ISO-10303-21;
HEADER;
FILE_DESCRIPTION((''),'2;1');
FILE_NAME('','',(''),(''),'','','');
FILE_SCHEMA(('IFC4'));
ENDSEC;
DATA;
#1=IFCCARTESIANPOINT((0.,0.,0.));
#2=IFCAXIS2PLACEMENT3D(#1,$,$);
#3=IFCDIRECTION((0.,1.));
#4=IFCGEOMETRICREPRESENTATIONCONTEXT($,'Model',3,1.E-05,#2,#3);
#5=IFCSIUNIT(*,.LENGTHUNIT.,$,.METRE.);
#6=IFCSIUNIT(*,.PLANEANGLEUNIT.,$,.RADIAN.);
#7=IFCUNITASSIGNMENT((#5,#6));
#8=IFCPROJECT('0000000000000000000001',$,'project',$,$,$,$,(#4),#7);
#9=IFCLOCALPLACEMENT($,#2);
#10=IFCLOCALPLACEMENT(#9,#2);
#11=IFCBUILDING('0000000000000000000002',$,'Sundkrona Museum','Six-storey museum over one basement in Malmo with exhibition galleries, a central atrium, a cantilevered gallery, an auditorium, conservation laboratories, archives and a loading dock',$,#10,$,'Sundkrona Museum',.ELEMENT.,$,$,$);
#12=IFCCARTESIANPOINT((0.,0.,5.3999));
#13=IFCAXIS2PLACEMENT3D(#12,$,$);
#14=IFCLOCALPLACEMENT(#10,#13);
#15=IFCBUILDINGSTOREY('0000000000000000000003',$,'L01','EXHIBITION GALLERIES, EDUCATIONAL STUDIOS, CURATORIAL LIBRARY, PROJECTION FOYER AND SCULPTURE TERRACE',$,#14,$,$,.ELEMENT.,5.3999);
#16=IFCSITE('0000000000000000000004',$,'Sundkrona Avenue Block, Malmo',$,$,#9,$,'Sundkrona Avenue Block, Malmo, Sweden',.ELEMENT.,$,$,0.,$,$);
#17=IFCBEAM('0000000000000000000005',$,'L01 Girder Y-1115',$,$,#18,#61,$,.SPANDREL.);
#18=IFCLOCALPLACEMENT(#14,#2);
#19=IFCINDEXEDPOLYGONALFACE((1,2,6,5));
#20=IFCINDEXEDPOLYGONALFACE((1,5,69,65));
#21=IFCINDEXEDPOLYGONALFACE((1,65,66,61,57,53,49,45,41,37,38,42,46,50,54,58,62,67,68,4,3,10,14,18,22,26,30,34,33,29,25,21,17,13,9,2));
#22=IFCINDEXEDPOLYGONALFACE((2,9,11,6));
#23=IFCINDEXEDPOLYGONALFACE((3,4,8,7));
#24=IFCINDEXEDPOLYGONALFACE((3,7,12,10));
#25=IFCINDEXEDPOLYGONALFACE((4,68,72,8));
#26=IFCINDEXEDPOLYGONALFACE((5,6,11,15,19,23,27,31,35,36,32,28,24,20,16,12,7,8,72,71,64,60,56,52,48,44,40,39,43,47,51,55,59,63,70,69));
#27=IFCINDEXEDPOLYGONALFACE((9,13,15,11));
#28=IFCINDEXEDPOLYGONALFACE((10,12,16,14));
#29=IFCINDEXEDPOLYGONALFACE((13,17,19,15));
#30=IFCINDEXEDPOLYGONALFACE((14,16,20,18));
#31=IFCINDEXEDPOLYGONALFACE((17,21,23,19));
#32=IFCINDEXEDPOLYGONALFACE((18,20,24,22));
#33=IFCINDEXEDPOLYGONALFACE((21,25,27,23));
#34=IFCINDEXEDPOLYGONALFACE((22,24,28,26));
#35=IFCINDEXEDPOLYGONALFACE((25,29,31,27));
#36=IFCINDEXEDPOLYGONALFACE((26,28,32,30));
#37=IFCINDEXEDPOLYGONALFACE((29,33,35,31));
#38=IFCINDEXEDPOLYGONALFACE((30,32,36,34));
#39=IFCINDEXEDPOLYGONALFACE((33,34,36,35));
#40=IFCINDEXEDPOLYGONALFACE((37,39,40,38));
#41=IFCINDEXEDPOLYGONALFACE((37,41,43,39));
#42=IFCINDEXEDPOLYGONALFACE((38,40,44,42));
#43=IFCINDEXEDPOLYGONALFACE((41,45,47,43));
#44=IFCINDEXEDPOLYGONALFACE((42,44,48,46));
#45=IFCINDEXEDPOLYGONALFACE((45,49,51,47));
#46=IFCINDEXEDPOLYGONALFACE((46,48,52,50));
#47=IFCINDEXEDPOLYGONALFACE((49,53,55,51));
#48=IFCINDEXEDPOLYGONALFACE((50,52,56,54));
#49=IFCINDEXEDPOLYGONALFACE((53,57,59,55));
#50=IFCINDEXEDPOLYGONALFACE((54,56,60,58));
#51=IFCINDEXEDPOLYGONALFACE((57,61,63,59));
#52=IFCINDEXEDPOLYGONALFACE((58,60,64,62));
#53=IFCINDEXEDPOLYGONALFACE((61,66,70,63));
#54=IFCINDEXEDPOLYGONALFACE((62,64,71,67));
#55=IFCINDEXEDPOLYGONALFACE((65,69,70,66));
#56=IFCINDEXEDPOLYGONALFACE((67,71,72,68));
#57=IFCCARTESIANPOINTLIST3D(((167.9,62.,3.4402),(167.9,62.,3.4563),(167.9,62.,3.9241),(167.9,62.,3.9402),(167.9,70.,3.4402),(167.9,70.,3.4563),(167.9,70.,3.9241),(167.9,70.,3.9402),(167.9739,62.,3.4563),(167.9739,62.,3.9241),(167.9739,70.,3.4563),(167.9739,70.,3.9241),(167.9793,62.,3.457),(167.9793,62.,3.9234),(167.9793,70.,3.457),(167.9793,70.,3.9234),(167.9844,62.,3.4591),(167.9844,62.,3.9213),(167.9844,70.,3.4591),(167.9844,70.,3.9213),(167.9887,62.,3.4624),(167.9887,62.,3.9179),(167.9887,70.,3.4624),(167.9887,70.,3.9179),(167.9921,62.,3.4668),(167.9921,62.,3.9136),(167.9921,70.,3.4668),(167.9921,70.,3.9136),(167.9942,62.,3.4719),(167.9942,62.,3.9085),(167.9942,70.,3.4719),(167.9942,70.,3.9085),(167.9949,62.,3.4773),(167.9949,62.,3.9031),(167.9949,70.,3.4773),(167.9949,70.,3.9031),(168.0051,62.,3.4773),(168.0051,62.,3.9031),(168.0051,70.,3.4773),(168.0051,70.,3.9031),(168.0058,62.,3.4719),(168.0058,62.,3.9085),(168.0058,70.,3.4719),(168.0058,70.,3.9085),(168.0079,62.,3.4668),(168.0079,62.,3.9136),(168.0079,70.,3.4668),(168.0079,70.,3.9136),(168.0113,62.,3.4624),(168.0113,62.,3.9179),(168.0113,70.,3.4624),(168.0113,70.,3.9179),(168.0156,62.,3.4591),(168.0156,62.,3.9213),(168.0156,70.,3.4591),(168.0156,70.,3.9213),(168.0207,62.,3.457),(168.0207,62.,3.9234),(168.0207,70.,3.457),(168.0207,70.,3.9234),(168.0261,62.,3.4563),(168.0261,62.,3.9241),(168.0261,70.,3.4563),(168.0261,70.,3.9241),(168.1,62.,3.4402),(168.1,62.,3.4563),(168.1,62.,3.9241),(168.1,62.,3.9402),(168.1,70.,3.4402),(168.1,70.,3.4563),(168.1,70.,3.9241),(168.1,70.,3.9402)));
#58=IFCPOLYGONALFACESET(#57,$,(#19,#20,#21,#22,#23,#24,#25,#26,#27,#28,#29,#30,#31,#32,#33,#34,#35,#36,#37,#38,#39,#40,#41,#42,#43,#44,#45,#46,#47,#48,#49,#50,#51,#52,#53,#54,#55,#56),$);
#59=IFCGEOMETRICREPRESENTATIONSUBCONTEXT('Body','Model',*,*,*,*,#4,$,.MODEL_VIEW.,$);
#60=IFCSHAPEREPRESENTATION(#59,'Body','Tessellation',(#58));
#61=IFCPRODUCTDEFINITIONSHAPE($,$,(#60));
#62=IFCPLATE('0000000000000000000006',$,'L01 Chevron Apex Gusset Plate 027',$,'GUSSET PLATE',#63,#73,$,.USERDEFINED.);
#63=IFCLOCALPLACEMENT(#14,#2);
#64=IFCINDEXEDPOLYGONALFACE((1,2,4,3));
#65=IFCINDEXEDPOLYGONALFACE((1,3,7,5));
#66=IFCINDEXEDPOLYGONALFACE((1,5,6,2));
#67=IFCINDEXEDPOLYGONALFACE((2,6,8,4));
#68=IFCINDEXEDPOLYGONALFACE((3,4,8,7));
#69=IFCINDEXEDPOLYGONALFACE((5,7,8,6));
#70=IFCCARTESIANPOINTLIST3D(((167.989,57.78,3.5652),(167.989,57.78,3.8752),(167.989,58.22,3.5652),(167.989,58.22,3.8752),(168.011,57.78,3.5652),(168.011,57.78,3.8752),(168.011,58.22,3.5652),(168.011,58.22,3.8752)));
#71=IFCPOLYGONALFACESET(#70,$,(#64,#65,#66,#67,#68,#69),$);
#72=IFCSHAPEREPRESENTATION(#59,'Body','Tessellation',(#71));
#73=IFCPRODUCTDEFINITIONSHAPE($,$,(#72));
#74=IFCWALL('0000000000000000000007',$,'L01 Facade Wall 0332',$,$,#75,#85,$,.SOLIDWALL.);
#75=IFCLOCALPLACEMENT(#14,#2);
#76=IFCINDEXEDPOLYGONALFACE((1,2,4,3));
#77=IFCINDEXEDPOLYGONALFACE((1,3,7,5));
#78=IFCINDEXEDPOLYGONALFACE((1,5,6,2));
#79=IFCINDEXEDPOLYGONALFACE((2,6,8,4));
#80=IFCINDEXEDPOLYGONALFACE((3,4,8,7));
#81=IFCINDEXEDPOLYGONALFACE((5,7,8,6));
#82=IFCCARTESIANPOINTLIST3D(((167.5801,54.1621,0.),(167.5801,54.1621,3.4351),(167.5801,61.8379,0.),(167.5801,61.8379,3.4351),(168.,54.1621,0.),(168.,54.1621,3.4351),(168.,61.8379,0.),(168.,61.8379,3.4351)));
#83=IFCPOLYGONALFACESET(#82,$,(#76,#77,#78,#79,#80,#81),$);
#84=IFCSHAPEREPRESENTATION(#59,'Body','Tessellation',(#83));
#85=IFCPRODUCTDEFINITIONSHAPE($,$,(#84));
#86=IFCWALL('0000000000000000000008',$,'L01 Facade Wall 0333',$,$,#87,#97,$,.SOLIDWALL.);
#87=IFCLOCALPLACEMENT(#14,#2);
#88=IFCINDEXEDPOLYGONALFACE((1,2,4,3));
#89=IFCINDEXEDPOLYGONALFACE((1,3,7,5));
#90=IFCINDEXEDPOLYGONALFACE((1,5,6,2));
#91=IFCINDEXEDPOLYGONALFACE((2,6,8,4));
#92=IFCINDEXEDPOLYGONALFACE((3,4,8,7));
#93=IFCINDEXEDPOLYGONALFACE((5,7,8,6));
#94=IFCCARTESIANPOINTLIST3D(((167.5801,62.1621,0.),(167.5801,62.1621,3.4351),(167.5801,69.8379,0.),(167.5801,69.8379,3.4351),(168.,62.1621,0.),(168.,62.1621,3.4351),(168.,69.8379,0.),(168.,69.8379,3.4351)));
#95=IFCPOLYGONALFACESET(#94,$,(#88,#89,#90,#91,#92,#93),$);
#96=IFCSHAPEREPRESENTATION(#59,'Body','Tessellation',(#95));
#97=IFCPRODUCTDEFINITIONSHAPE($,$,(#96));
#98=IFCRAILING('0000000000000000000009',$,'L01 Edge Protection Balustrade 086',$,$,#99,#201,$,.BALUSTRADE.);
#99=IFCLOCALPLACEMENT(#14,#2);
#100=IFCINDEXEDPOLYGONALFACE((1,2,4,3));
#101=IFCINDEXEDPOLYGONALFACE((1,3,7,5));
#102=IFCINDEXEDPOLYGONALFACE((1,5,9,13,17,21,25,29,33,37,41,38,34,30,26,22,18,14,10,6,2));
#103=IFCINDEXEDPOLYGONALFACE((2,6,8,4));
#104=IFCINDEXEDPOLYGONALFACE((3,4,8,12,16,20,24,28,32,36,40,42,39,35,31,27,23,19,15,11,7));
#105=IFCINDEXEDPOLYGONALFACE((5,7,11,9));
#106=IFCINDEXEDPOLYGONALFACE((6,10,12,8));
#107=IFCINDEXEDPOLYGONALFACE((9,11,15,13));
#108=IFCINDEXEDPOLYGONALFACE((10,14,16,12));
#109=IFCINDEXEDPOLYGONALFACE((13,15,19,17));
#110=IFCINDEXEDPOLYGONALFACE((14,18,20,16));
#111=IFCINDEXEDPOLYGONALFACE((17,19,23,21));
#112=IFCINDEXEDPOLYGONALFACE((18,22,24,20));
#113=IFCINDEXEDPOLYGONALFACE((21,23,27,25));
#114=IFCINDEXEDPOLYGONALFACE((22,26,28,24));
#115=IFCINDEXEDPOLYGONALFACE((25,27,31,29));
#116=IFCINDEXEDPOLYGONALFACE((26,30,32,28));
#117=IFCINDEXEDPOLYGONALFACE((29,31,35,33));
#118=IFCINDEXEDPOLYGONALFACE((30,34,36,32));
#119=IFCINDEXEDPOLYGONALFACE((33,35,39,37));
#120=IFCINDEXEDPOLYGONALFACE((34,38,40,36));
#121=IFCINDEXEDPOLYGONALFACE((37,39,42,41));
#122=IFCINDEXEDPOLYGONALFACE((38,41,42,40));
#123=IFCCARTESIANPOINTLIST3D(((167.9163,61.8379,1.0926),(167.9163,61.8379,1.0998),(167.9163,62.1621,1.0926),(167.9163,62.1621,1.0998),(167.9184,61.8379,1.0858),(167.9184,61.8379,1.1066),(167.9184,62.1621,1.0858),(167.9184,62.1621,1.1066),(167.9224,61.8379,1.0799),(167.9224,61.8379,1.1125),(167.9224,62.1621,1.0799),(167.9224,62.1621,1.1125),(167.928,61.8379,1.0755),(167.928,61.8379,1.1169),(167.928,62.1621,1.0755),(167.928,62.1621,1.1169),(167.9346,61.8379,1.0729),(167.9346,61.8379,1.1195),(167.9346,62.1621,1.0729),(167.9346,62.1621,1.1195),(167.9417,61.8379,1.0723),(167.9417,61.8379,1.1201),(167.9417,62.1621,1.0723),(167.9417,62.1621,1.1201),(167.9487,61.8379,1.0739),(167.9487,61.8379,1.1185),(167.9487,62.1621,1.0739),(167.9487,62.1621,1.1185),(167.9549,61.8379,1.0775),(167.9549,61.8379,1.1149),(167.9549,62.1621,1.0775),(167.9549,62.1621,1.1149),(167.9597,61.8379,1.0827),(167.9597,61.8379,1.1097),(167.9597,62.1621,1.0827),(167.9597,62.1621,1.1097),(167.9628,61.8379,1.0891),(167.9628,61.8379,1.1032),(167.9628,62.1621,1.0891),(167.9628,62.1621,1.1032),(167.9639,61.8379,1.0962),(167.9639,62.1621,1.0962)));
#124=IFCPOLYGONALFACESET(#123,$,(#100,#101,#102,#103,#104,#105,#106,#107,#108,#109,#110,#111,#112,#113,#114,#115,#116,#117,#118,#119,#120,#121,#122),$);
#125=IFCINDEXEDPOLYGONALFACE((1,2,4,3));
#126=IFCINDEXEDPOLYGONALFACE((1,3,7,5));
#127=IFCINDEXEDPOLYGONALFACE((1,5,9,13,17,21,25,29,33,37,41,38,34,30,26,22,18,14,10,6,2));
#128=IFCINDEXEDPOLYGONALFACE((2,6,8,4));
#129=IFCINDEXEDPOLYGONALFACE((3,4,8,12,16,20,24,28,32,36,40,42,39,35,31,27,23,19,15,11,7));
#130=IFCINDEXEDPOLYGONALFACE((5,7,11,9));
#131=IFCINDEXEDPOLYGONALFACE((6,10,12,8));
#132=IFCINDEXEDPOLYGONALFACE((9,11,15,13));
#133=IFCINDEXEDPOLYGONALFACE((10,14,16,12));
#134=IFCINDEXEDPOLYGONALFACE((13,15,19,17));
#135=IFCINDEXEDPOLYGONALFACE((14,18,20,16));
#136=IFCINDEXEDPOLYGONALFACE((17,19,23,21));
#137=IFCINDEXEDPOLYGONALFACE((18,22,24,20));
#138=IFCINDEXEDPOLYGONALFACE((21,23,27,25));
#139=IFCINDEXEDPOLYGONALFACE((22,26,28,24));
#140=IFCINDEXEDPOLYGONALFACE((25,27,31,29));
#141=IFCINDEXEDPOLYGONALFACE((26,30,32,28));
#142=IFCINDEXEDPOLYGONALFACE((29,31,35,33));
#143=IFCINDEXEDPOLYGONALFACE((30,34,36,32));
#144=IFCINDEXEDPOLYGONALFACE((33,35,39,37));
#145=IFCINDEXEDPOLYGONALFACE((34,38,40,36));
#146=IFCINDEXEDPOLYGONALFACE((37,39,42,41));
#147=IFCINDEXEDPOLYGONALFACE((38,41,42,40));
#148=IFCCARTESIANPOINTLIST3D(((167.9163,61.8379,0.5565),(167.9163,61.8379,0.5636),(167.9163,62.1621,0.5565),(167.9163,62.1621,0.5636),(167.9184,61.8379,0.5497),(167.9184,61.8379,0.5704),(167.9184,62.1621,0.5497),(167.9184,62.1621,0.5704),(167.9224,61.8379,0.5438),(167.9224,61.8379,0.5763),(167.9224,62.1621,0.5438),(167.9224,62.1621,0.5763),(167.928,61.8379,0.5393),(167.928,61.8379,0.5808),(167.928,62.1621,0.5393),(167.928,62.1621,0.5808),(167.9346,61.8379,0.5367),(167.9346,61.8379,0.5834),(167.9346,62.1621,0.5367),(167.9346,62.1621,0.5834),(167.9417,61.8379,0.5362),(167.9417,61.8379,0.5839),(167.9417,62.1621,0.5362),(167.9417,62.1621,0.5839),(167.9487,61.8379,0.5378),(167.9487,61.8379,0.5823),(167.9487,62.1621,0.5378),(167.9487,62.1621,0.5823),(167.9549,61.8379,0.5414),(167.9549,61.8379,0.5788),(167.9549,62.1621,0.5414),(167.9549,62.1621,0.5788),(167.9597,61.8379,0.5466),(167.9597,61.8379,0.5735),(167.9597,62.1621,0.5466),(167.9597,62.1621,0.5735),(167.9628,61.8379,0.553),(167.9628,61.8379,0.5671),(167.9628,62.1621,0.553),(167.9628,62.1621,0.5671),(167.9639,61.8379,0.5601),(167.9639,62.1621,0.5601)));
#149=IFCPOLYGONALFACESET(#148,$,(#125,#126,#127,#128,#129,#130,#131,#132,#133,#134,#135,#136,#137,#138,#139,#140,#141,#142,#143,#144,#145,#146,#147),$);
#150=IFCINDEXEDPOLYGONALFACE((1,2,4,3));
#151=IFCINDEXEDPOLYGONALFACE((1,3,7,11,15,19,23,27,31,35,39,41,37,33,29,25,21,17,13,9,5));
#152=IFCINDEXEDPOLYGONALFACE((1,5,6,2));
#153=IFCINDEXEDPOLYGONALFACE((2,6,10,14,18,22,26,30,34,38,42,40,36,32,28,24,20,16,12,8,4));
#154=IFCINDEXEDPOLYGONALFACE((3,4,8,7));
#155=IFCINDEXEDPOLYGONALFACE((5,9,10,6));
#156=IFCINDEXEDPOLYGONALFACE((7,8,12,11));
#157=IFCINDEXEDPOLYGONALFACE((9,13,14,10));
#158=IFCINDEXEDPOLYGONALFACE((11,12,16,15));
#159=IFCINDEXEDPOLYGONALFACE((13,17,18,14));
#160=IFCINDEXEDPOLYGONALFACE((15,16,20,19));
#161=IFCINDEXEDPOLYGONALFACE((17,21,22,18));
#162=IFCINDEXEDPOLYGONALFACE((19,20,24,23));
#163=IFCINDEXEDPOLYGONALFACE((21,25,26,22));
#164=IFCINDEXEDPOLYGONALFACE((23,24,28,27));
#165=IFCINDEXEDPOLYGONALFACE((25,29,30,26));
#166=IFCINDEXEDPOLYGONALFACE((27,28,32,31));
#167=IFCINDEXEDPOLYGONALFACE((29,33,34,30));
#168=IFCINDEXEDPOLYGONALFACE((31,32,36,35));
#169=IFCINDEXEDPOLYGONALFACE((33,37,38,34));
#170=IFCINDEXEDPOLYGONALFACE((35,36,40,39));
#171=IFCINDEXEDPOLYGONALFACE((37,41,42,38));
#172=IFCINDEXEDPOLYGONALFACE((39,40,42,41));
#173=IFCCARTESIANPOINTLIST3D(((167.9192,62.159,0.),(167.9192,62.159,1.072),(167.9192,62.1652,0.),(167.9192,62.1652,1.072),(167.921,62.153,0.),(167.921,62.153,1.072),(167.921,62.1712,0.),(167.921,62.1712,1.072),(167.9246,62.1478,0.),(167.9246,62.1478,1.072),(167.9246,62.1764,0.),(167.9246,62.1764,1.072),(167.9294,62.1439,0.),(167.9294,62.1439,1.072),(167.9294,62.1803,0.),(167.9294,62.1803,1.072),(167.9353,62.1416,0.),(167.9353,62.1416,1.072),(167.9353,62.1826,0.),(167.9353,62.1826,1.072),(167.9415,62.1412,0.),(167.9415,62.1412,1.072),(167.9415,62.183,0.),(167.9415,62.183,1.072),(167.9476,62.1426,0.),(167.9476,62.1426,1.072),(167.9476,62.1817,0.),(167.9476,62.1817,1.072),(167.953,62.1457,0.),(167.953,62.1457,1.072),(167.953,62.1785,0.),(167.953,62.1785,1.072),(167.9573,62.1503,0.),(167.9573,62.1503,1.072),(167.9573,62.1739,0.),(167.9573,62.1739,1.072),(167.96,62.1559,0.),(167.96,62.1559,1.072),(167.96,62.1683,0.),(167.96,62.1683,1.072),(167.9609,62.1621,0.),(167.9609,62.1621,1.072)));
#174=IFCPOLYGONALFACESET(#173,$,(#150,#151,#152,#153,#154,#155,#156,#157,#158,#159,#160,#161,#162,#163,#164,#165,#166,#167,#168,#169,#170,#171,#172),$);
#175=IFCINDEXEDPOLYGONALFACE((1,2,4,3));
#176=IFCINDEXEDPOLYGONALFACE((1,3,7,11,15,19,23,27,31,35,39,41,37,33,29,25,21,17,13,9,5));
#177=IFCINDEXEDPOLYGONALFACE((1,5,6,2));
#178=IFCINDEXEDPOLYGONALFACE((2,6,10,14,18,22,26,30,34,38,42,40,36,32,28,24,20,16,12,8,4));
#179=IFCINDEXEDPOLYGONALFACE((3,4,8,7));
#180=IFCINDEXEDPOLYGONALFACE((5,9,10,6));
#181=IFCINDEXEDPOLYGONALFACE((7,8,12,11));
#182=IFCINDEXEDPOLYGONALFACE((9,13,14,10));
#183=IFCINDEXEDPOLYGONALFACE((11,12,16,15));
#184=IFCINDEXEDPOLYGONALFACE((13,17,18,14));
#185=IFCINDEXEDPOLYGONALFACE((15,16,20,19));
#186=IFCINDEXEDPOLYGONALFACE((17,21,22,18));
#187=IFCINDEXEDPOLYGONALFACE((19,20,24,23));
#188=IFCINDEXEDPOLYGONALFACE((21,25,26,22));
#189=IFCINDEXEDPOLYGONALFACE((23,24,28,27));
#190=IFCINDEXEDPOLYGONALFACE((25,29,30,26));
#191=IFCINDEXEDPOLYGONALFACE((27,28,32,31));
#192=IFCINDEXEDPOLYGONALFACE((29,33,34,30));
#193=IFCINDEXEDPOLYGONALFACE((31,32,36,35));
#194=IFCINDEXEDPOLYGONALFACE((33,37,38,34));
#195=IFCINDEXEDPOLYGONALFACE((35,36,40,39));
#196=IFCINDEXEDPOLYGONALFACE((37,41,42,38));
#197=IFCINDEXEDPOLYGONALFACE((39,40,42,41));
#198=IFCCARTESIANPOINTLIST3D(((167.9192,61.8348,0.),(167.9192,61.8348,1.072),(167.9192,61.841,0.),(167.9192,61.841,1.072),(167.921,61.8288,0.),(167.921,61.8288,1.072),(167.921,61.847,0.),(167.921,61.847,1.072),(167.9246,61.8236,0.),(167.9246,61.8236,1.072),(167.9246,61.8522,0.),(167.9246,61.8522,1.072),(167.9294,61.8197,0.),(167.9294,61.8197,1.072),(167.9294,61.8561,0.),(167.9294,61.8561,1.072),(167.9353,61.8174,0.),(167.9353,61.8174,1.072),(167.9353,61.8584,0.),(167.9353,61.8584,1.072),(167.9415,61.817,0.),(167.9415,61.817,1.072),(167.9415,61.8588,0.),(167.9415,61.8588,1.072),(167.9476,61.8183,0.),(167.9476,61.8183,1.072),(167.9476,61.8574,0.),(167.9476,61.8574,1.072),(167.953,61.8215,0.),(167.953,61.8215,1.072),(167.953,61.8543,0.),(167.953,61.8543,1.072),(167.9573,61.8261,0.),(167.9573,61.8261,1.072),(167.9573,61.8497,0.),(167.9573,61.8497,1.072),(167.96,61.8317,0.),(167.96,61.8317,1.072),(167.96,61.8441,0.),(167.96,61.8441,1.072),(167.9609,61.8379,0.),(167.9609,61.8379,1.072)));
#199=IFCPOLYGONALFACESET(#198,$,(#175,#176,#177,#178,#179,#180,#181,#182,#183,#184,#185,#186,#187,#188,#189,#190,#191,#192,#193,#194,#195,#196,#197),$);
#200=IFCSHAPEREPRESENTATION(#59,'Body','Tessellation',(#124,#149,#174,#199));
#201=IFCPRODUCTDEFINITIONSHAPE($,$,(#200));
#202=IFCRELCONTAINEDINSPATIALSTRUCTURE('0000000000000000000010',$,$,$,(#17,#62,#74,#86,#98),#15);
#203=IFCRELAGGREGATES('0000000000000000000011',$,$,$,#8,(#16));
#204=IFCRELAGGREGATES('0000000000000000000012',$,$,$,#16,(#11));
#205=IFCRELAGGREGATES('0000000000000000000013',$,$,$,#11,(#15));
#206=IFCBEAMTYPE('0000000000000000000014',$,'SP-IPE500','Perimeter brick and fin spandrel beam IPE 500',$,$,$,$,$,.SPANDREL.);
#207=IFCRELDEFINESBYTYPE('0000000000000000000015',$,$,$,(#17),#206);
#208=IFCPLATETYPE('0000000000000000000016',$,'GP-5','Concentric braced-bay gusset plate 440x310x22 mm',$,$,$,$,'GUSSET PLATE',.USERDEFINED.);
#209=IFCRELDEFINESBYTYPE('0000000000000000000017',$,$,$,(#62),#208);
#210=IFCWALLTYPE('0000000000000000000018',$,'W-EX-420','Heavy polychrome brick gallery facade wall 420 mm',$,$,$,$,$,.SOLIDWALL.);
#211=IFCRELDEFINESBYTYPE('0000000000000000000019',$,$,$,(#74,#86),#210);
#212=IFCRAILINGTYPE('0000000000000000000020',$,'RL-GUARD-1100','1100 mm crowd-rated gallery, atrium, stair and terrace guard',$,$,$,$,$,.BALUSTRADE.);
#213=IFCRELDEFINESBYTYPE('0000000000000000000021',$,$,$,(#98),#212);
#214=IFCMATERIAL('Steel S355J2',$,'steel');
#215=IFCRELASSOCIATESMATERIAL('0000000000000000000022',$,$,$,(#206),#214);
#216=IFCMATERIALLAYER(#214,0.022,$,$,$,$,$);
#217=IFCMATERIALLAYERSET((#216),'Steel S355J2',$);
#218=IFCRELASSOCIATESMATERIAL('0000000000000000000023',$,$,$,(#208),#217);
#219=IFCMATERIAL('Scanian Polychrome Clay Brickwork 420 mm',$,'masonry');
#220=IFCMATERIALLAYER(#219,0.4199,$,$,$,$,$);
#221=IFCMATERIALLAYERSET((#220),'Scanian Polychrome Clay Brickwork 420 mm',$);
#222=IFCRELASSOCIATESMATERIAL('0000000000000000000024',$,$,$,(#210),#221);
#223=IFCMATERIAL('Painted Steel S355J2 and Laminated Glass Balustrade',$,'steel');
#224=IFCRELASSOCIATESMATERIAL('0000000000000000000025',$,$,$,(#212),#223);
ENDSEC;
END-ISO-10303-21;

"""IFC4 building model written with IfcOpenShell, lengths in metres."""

from ifc_helpers import new_model, si_unit, direction, frame, frame_2d, origin, origin_2d, place, context, subcontext, project, spatial, rectangle, circle, i_section, extrude, material, layer, layer_set, material_profile, profile_set, type_object, element, save


model = new_model("IFC4")

# Units and contexts
model_context = context("Model", 3, precision=1e-05, world=origin(), true_north=direction((0.0, 1.0)))
body_context = subcontext(model_context, "Body", "Model", "MODEL_VIEW")
ifc_project = project(units=[si_unit("LENGTHUNIT", "METRE"), si_unit("PLANEANGLEUNIT", "RADIAN")], contexts=[model_context])

# Site, building, storey
site_placement = place(None, origin())
site = spatial("IfcSite", under=ifc_project, at=site_placement, Name="Sundkrona Avenue Block, Malmo", LongName="Sundkrona Avenue Block, Malmo, Sweden", CompositionType="ELEMENT", RefElevation=0.0)
building_placement = place(site_placement, origin())
building = spatial("IfcBuilding", under=site, at=building_placement, Name="Sundkrona Museum", Description="Six-storey museum over one basement in Malmo with exhibition galleries, a central atrium, a cantilevered gallery, an auditorium, conservation laboratories, archives and a loading dock", LongName="Sundkrona Museum", CompositionType="ELEMENT")
storey_placement = place(building_placement, frame((0.0, 0.0, 5.3999)))
storey = spatial("IfcBuildingStorey", under=building, at=storey_placement, Name="L01", Description="EXHIBITION GALLERIES, EDUCATIONAL STUDIOS, CURATORIAL LIBRARY, PROJECTION FOYER AND SCULPTURE TERRACE", CompositionType="ELEMENT", Elevation=5.3999)

# Shared definitions
ifc_material_1 = material(Name="Steel S355J2", Category="steel")

# Beam
ifc_material_profile_1 = material_profile(ifc_material_1, i_section(OverallWidth=0.2, OverallDepth=0.5, WebThickness=0.0103, FlangeThickness=0.0161, FilletRadius=0.021, at=origin_2d()), Name="IPE 500")
ifc_profile_set_1 = profile_set([ifc_material_profile_1], Name="Steel S355J2")
beam_type_1 = type_object("IfcBeamType", Name="SP-IPE500", Description="Perimeter brick and fin spandrel beam IPE 500", PredefinedType="SPANDREL", material=ifc_profile_set_1)
beam_placement = place(storey_placement, frame((168.0, 62.0, 3.6902), z_axis=(0.0, 1.0, 0.0), x_axis=(-1.0, 0.0, 0.0)))
element("IfcBeam", 1, at=beam_placement, inside=storey, type_object=beam_type_1, Name="L01 Girder Y-1115", PredefinedType="SPANDREL", context=body_context, shape_type="SweptSolid", body=[
    extrude(i_section(OverallWidth=0.2, OverallDepth=0.5, WebThickness=0.0103, FlangeThickness=0.0161, FilletRadius=0.021, at=origin_2d()), origin(), (0.0, 0.0, 1.0), 8.0),
])

# Plate
ifc_layer_1 = layer(ifc_material_1, 0.022)
ifc_layer_set_1 = layer_set([ifc_layer_1], Name="Steel S355J2")
plate_type = type_object("IfcPlateType", Name="GP-5", Description="Concentric braced-bay gusset plate 440x310x22 mm", ElementType="GUSSET PLATE", PredefinedType="USERDEFINED", material=ifc_layer_set_1)
plate_placement = place(storey_placement, frame((168.0, 58.0, 3.5652), z_axis=(0.0, 0.0, 1.0), x_axis=(0.0, 1.0, 0.0)))
element("IfcPlate", 2, at=plate_placement, inside=storey, type_object=plate_type, Name="L01 Chevron Apex Gusset Plate 027", ObjectType="GUSSET PLATE", PredefinedType="USERDEFINED", context=body_context, shape_type="SweptSolid", body=[
    extrude(rectangle(XDim=0.4399, YDim=0.022, at=origin_2d()), origin(), (0.0, 0.0, 1.0), 0.3101),
])

# Walls
ifc_material_2 = material(Name="Scanian Polychrome Clay Brickwork 420 mm", Category="masonry")
ifc_layer_2 = layer(ifc_material_2, 0.4199)
ifc_layer_set_2 = layer_set([ifc_layer_2], Name="Scanian Polychrome Clay Brickwork 420 mm")
wall_type = type_object("IfcWallType", Name="W-EX-420", Description="Heavy polychrome brick gallery facade wall 420 mm", PredefinedType="SOLIDWALL", material=ifc_layer_set_2)
for number, where, z_axis, x_axis, name in (
    (3, (167.79, 61.8379, 0.0), (0.0, 0.0, 1.0), (0.0, -1.0, 0.0), "L01 Facade Wall 0332"),
    (4, (167.79, 69.8379, 0.0), (0.0, 0.0, 1.0), (0.0, -1.0, 0.0), "L01 Facade Wall 0333"),
):
    element("IfcWall", number, at=place(storey_placement, frame(where, z_axis=z_axis, x_axis=x_axis)), inside=storey, type_object=wall_type, Name=name, PredefinedType="SOLIDWALL", context=body_context, shape_type="SweptSolid", body=[
        extrude(rectangle(XDim=7.6758, YDim=0.4199, at=frame_2d((3.8379, 0.0))), origin(), (0.0, 0.0, 1.0), 3.4351),
    ])

# Railing
ifc_material_3 = material(Name="Painted Steel S355J2 and Laminated Glass Balustrade", Category="steel")
railing_type = type_object("IfcRailingType", Name="RL-GUARD-1100", Description="1100 mm crowd-rated gallery, atrium, stair and terrace guard", PredefinedType="BALUSTRADE", material=ifc_material_3)
railing_placement = place(storey_placement, frame((167.9399, 62.1621, 0.0)))
element("IfcRailing", 5, at=railing_placement, inside=storey, type_object=railing_type, Name="L01 Edge Protection Balustrade 086", PredefinedType="BALUSTRADE", context=body_context, shape_type="SweptSolid", body=[
    extrude(circle(Radius=0.0239, at=origin_2d()), frame((0.0, 0.0, 1.0962), z_axis=(0.0, -1.0, 0.0), x_axis=(1.0, 0.0, 0.0)), (0.0, 0.0, 1.0), 0.3242),
    extrude(circle(Radius=0.0239, at=origin_2d()), frame((0.0, 0.0, 0.5601), z_axis=(0.0, -1.0, 0.0), x_axis=(1.0, 0.0, 0.0)), (0.0, 0.0, 1.0), 0.3242),
    extrude(circle(Radius=0.021, at=origin_2d()), origin(), (0.0, 0.0, 1.0), 1.072),
    extrude(circle(Radius=0.021, at=origin_2d()), frame((0.0, -0.3242, 0.0)), (0.0, 0.0, 1.0), 1.072),
])

save(model, "model.ifc")
